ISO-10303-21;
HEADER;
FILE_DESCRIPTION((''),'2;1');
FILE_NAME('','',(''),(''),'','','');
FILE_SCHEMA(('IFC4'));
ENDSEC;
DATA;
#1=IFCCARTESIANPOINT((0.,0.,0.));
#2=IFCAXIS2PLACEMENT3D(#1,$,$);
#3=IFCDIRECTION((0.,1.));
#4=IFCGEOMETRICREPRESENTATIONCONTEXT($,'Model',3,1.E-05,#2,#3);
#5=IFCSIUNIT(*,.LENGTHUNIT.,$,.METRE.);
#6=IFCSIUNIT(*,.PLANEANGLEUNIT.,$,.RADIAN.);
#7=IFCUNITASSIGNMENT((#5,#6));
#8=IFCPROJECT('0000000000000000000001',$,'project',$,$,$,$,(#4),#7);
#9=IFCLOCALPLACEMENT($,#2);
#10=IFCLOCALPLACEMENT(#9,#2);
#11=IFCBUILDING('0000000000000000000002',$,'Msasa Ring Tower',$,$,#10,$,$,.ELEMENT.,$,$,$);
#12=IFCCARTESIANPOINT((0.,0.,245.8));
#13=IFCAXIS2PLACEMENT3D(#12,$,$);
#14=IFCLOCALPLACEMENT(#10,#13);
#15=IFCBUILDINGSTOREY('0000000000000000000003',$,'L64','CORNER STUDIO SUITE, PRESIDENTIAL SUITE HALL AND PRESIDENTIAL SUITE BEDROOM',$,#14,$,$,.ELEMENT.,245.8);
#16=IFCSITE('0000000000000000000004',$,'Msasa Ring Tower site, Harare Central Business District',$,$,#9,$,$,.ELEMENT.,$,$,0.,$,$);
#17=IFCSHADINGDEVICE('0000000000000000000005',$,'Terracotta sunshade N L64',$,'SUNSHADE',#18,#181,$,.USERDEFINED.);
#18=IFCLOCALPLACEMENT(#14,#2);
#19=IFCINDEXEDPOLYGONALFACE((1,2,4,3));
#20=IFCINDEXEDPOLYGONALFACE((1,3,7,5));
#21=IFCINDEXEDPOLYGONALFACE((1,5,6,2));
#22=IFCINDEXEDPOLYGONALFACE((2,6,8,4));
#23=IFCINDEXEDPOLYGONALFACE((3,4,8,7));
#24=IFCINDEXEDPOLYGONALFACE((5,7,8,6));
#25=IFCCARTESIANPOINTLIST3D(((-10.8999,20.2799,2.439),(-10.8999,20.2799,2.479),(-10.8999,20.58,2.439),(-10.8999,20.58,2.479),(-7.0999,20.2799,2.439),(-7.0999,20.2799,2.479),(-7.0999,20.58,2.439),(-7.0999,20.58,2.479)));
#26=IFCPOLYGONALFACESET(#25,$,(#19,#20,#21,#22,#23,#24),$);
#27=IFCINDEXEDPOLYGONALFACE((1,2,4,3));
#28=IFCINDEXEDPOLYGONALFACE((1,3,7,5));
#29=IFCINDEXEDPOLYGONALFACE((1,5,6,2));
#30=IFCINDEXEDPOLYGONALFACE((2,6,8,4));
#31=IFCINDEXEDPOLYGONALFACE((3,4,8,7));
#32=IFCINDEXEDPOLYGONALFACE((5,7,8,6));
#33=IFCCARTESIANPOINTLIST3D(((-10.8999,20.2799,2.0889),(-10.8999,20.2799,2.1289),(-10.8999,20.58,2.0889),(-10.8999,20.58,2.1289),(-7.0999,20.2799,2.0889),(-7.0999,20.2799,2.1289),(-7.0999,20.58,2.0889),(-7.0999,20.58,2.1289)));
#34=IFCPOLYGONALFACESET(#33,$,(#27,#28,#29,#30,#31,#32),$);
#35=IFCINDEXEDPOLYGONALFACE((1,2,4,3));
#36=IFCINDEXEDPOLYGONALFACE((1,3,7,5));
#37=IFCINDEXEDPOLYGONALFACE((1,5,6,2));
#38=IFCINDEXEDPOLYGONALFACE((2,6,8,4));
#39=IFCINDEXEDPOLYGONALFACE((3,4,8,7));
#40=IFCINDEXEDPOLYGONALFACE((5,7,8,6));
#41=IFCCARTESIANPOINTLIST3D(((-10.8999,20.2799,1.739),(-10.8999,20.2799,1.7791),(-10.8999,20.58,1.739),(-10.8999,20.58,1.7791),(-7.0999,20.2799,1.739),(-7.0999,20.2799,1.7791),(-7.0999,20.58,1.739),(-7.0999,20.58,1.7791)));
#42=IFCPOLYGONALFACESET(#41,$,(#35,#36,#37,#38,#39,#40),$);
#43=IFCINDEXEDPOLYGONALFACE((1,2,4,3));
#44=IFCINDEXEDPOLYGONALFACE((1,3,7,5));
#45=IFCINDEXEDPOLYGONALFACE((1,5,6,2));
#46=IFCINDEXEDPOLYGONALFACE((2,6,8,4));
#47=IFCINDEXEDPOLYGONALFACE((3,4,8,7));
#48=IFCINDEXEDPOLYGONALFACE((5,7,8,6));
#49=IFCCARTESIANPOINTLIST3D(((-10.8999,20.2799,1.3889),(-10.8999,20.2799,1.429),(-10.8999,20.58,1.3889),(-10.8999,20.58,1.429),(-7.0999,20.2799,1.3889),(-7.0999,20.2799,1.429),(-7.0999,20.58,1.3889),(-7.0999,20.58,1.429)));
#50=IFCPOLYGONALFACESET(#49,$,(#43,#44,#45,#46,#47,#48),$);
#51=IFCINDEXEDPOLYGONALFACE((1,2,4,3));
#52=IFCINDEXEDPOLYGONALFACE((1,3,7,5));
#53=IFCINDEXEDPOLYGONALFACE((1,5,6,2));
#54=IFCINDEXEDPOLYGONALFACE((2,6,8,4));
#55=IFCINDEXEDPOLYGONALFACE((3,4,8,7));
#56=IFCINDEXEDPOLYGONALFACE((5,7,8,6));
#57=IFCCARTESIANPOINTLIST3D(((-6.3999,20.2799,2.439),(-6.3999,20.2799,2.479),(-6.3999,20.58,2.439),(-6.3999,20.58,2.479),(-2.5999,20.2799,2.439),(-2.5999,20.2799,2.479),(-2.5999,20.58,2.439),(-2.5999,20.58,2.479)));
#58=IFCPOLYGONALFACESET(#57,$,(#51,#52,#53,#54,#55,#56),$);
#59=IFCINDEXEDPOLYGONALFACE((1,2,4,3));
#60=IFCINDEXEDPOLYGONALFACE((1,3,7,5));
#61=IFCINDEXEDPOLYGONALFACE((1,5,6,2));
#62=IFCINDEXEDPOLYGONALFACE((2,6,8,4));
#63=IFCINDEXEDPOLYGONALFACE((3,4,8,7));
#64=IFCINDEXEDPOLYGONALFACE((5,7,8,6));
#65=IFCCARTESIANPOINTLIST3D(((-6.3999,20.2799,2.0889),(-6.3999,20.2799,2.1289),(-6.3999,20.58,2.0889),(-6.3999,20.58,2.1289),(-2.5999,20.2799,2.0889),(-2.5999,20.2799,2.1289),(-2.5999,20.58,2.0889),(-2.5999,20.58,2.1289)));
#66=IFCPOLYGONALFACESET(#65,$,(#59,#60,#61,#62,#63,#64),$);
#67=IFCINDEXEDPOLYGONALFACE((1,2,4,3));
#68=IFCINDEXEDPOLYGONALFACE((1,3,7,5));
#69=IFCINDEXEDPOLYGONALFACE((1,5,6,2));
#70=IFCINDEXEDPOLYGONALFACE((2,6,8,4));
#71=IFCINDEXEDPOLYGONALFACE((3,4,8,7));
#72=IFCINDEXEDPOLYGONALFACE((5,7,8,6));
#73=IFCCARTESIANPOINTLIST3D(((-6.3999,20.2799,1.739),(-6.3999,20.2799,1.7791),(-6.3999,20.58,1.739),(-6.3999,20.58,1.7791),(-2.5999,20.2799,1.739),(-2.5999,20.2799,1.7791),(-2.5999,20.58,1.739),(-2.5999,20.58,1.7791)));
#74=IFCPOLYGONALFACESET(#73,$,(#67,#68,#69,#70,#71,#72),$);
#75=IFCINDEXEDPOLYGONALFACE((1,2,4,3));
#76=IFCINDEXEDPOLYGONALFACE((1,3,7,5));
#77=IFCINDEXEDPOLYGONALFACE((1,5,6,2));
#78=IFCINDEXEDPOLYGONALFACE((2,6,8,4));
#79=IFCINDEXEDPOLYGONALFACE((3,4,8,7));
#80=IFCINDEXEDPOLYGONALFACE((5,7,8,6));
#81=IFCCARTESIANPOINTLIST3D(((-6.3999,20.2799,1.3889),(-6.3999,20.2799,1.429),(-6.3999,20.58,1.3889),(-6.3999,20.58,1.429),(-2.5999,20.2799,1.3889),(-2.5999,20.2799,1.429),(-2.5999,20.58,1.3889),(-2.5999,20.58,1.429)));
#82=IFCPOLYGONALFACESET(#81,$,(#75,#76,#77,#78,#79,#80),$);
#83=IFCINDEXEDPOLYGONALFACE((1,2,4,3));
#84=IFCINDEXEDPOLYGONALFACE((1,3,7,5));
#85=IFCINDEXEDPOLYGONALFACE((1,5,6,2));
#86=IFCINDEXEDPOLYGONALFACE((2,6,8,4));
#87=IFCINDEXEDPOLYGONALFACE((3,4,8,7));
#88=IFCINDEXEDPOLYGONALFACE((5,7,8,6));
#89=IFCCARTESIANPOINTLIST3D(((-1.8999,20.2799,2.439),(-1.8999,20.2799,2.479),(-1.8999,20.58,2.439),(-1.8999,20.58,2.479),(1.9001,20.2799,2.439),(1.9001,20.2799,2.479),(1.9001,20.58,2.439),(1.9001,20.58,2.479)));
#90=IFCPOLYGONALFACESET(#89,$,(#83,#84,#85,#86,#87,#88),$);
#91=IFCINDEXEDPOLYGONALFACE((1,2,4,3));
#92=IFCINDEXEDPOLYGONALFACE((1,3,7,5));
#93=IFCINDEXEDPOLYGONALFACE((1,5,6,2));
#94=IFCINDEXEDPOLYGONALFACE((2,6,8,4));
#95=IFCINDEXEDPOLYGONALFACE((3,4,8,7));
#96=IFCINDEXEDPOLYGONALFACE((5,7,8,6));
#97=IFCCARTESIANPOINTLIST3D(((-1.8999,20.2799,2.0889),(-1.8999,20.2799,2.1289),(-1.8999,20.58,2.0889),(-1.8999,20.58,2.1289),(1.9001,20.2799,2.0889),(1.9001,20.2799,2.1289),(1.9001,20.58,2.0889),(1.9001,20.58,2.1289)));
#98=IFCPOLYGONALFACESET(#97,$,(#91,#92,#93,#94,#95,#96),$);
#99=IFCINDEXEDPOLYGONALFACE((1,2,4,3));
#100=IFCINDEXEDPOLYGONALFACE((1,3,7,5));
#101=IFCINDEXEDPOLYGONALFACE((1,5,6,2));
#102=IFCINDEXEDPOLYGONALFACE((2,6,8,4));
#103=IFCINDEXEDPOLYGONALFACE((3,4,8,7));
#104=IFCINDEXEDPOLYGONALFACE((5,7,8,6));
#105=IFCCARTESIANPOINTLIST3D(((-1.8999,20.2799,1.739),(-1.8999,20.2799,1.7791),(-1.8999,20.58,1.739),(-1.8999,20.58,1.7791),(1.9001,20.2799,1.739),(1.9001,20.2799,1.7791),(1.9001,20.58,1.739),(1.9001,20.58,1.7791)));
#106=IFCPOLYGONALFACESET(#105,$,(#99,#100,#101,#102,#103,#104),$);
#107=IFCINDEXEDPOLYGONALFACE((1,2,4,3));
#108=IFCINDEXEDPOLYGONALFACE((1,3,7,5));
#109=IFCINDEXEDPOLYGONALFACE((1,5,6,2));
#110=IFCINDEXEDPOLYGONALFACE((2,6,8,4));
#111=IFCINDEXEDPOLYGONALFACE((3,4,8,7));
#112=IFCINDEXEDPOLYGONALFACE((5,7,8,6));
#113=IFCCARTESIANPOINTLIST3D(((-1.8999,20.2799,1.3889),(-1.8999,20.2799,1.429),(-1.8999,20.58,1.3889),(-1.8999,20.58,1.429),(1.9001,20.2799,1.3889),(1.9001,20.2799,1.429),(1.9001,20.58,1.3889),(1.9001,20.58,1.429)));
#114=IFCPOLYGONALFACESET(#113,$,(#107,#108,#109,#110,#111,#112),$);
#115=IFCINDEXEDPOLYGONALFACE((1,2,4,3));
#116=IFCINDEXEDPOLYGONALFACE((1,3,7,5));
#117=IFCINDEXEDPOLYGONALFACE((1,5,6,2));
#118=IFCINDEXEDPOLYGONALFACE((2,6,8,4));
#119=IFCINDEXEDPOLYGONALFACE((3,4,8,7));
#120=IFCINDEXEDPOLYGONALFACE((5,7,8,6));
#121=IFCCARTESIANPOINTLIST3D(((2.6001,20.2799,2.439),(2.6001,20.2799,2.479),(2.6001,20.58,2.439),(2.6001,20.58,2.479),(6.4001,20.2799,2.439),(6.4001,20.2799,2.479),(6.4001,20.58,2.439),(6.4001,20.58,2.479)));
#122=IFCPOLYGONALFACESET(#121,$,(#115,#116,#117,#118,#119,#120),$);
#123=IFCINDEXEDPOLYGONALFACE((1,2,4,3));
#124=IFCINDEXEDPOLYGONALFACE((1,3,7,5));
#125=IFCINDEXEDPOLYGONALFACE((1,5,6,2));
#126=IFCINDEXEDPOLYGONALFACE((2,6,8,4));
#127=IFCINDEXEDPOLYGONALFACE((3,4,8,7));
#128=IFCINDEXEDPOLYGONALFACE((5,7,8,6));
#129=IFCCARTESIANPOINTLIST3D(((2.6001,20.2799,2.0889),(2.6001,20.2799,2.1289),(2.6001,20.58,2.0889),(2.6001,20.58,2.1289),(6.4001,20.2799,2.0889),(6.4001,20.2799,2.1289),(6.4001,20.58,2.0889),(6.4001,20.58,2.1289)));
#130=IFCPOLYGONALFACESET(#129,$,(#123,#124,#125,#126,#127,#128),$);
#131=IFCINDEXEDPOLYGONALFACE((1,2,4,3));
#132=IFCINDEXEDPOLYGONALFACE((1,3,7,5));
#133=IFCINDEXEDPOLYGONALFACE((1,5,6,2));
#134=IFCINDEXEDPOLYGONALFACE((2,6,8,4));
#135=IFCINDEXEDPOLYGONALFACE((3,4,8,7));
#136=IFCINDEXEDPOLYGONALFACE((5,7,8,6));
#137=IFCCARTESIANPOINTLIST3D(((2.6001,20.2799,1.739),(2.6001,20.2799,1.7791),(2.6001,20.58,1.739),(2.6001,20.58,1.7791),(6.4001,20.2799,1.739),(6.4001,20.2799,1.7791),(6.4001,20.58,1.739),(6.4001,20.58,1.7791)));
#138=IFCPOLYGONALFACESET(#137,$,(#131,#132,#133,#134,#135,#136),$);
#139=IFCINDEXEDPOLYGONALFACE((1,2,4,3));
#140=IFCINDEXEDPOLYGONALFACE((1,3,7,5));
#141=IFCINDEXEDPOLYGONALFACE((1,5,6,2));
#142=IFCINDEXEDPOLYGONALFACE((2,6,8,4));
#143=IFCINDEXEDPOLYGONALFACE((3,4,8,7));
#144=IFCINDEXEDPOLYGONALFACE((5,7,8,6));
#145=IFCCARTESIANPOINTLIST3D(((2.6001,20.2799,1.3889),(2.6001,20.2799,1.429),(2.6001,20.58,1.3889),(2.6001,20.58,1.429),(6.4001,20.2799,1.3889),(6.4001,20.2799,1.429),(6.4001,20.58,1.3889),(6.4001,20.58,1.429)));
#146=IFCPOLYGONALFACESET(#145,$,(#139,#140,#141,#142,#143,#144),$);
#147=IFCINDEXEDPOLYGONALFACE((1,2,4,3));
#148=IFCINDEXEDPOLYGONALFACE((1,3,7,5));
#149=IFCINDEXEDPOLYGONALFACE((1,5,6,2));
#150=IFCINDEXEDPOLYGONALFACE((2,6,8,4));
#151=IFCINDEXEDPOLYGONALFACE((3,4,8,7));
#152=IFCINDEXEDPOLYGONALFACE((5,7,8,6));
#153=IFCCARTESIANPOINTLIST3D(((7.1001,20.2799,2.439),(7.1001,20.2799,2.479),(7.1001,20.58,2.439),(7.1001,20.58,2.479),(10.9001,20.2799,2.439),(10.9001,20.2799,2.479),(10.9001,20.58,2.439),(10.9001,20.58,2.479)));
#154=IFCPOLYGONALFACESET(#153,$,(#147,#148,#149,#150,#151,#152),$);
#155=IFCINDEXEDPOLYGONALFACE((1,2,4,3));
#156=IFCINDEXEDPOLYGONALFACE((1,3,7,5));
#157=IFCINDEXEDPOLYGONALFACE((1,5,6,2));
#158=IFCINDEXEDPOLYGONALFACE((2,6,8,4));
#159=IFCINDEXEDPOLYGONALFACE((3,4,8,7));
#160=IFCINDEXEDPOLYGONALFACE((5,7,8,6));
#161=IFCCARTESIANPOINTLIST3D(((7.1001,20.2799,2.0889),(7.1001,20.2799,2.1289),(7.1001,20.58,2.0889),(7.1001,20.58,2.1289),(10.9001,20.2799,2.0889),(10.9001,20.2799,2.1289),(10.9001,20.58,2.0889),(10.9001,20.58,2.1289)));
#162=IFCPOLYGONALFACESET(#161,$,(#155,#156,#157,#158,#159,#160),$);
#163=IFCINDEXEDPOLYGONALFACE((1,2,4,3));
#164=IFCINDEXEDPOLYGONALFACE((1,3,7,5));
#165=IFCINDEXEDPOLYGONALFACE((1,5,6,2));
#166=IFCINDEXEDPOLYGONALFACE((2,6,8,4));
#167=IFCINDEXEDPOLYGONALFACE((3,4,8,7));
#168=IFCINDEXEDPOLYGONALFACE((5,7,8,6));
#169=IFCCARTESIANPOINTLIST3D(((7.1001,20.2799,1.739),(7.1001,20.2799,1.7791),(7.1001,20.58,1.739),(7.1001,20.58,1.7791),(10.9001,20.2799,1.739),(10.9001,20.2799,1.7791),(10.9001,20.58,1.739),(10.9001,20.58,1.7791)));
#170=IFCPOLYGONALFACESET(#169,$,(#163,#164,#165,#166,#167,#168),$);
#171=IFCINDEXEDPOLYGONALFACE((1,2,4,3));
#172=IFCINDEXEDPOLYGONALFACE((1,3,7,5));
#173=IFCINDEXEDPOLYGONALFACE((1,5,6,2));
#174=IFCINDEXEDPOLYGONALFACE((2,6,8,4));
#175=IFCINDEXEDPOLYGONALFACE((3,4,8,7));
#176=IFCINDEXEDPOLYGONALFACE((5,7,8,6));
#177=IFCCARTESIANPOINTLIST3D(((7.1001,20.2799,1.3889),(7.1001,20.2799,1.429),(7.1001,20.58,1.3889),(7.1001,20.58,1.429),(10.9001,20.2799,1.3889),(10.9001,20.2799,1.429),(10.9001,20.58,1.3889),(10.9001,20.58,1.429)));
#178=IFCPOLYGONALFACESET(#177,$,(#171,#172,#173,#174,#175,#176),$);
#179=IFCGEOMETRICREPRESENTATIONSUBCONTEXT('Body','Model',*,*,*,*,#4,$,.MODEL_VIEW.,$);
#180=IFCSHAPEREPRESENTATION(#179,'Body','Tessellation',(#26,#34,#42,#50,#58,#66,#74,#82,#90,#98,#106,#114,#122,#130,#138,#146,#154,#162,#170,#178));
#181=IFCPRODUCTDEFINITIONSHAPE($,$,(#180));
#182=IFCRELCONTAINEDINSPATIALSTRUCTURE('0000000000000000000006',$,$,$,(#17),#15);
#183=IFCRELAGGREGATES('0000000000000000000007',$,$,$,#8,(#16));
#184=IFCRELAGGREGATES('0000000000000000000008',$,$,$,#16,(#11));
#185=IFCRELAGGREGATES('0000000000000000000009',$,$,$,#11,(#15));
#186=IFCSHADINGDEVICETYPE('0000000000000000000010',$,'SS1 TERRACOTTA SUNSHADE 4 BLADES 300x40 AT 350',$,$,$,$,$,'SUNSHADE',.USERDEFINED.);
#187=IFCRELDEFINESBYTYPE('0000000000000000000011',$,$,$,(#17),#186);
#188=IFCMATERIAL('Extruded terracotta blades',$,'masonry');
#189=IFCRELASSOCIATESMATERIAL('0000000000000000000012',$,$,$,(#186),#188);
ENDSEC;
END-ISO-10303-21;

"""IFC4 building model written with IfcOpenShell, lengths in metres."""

from ifc_helpers import new_model, si_unit, direction, frame, origin, origin_2d, place, context, subcontext, project, spatial, rectangle, extrude, material, type_object, element, save


model = new_model("IFC4")

# Units and contexts
model_context = context("Model", 3, precision=1e-05, world=origin(), true_north=direction((0.0, 1.0)))
body_context = subcontext(model_context, "Body", "Model", "MODEL_VIEW")
ifc_project = project(units=[si_unit("LENGTHUNIT", "METRE"), si_unit("PLANEANGLEUNIT", "RADIAN")], contexts=[model_context])

# Site, building, storey
site_placement = place(None, origin())
site = spatial("IfcSite", under=ifc_project, at=site_placement, Name="Msasa Ring Tower site, Harare Central Business District", CompositionType="ELEMENT", RefElevation=0.0)
building_placement = place(site_placement, origin())
building = spatial("IfcBuilding", under=site, at=building_placement, Name="Msasa Ring Tower", CompositionType="ELEMENT")
storey_placement = place(building_placement, frame((0.0, 0.0, 245.8)))
storey = spatial("IfcBuildingStorey", under=building, at=storey_placement, Name="L64", Description="CORNER STUDIO SUITE, PRESIDENTIAL SUITE HALL AND PRESIDENTIAL SUITE BEDROOM", CompositionType="ELEMENT", Elevation=245.8)

# Shading device
ifc_material_1 = material(Name="Extruded terracotta blades", Category="masonry")
shading_device_type_1 = type_object("IfcShadingDeviceType", Name="SS1 TERRACOTTA SUNSHADE 4 BLADES 300x40 AT 350", ElementType="SUNSHADE", PredefinedType="USERDEFINED", material=ifc_material_1)
shading_device_1_placement = place(storey_placement, origin())
element("IfcShadingDevice", 1, at=shading_device_1_placement, inside=storey, type_object=shading_device_type_1, Name="Terracotta sunshade N L64", ObjectType="SUNSHADE", PredefinedType="USERDEFINED", context=body_context, shape_type="SweptSolid", body=[
    extrude(rectangle(XDim=0.04, YDim=0.3, at=origin_2d()), frame((-10.8999, 20.4299, 2.459), z_axis=(1.0, 0.0, 0.0), x_axis=(0.0, 0.0, 1.0)), (0.0, 0.0, 1.0), 3.8),
    extrude(rectangle(XDim=0.04, YDim=0.3, at=origin_2d()), frame((-10.8999, 20.4299, 2.1089), z_axis=(1.0, 0.0, 0.0), x_axis=(0.0, 0.0, 1.0)), (0.0, 0.0, 1.0), 3.8),
    extrude(rectangle(XDim=0.04, YDim=0.3, at=origin_2d()), frame((-10.8999, 20.4299, 1.759), z_axis=(1.0, 0.0, 0.0), x_axis=(0.0, 0.0, 1.0)), (0.0, 0.0, 1.0), 3.8),
    extrude(rectangle(XDim=0.04, YDim=0.3, at=origin_2d()), frame((-10.8999, 20.4299, 1.4089), z_axis=(1.0, 0.0, 0.0), x_axis=(0.0, 0.0, 1.0)), (0.0, 0.0, 1.0), 3.8),
    extrude(rectangle(XDim=0.04, YDim=0.3, at=origin_2d()), frame((-6.3999, 20.4299, 2.459), z_axis=(1.0, 0.0, 0.0), x_axis=(0.0, 0.0, 1.0)), (0.0, 0.0, 1.0), 3.8),
    extrude(rectangle(XDim=0.04, YDim=0.3, at=origin_2d()), frame((-6.3999, 20.4299, 2.1089), z_axis=(1.0, 0.0, 0.0), x_axis=(0.0, 0.0, 1.0)), (0.0, 0.0, 1.0), 3.8),
    extrude(rectangle(XDim=0.04, YDim=0.3, at=origin_2d()), frame((-6.3999, 20.4299, 1.759), z_axis=(1.0, 0.0, 0.0), x_axis=(0.0, 0.0, 1.0)), (0.0, 0.0, 1.0), 3.8),
    extrude(rectangle(XDim=0.04, YDim=0.3, at=origin_2d()), frame((-6.3999, 20.4299, 1.4089), z_axis=(1.0, 0.0, 0.0), x_axis=(0.0, 0.0, 1.0)), (0.0, 0.0, 1.0), 3.8),
    extrude(rectangle(XDim=0.04, YDim=0.3, at=origin_2d()), frame((-1.8999, 20.4299, 2.459), z_axis=(1.0, 0.0, 0.0), x_axis=(0.0, 0.0, 1.0)), (0.0, 0.0, 1.0), 3.8),
    extrude(rectangle(XDim=0.04, YDim=0.3, at=origin_2d()), frame((-1.8999, 20.4299, 2.1089), z_axis=(1.0, 0.0, 0.0), x_axis=(0.0, 0.0, 1.0)), (0.0, 0.0, 1.0), 3.8),
    extrude(rectangle(XDim=0.04, YDim=0.3, at=origin_2d()), frame((-1.8999, 20.4299, 1.759), z_axis=(1.0, 0.0, 0.0), x_axis=(0.0, 0.0, 1.0)), (0.0, 0.0, 1.0), 3.8),
    extrude(rectangle(XDim=0.04, YDim=0.3, at=origin_2d()), frame((-1.8999, 20.4299, 1.4089), z_axis=(1.0, 0.0, 0.0), x_axis=(0.0, 0.0, 1.0)), (0.0, 0.0, 1.0), 3.8),
    extrude(rectangle(XDim=0.04, YDim=0.3, at=origin_2d()), frame((2.6001, 20.4299, 2.459), z_axis=(1.0, 0.0, 0.0), x_axis=(0.0, 0.0, 1.0)), (0.0, 0.0, 1.0), 3.8),
    extrude(rectangle(XDim=0.04, YDim=0.3, at=origin_2d()), frame((2.6001, 20.4299, 2.1089), z_axis=(1.0, 0.0, 0.0), x_axis=(0.0, 0.0, 1.0)), (0.0, 0.0, 1.0), 3.8),
    extrude(rectangle(XDim=0.04, YDim=0.3, at=origin_2d()), frame((2.6001, 20.4299, 1.759), z_axis=(1.0, 0.0, 0.0), x_axis=(0.0, 0.0, 1.0)), (0.0, 0.0, 1.0), 3.8),
    extrude(rectangle(XDim=0.04, YDim=0.3, at=origin_2d()), frame((2.6001, 20.4299, 1.4089), z_axis=(1.0, 0.0, 0.0), x_axis=(0.0, 0.0, 1.0)), (0.0, 0.0, 1.0), 3.8),
    extrude(rectangle(XDim=0.04, YDim=0.3, at=origin_2d()), frame((7.1001, 20.4299, 2.459), z_axis=(1.0, 0.0, 0.0), x_axis=(0.0, 0.0, 1.0)), (0.0, 0.0, 1.0), 3.8),
    extrude(rectangle(XDim=0.04, YDim=0.3, at=origin_2d()), frame((7.1001, 20.4299, 2.1089), z_axis=(1.0, 0.0, 0.0), x_axis=(0.0, 0.0, 1.0)), (0.0, 0.0, 1.0), 3.8),
    extrude(rectangle(XDim=0.04, YDim=0.3, at=origin_2d()), frame((7.1001, 20.4299, 1.759), z_axis=(1.0, 0.0, 0.0), x_axis=(0.0, 0.0, 1.0)), (0.0, 0.0, 1.0), 3.8),
    extrude(rectangle(XDim=0.04, YDim=0.3, at=origin_2d()), frame((7.1001, 20.4299, 1.4089), z_axis=(1.0, 0.0, 0.0), x_axis=(0.0, 0.0, 1.0)), (0.0, 0.0, 1.0), 3.8),
])

save(model, "model.ifc")
